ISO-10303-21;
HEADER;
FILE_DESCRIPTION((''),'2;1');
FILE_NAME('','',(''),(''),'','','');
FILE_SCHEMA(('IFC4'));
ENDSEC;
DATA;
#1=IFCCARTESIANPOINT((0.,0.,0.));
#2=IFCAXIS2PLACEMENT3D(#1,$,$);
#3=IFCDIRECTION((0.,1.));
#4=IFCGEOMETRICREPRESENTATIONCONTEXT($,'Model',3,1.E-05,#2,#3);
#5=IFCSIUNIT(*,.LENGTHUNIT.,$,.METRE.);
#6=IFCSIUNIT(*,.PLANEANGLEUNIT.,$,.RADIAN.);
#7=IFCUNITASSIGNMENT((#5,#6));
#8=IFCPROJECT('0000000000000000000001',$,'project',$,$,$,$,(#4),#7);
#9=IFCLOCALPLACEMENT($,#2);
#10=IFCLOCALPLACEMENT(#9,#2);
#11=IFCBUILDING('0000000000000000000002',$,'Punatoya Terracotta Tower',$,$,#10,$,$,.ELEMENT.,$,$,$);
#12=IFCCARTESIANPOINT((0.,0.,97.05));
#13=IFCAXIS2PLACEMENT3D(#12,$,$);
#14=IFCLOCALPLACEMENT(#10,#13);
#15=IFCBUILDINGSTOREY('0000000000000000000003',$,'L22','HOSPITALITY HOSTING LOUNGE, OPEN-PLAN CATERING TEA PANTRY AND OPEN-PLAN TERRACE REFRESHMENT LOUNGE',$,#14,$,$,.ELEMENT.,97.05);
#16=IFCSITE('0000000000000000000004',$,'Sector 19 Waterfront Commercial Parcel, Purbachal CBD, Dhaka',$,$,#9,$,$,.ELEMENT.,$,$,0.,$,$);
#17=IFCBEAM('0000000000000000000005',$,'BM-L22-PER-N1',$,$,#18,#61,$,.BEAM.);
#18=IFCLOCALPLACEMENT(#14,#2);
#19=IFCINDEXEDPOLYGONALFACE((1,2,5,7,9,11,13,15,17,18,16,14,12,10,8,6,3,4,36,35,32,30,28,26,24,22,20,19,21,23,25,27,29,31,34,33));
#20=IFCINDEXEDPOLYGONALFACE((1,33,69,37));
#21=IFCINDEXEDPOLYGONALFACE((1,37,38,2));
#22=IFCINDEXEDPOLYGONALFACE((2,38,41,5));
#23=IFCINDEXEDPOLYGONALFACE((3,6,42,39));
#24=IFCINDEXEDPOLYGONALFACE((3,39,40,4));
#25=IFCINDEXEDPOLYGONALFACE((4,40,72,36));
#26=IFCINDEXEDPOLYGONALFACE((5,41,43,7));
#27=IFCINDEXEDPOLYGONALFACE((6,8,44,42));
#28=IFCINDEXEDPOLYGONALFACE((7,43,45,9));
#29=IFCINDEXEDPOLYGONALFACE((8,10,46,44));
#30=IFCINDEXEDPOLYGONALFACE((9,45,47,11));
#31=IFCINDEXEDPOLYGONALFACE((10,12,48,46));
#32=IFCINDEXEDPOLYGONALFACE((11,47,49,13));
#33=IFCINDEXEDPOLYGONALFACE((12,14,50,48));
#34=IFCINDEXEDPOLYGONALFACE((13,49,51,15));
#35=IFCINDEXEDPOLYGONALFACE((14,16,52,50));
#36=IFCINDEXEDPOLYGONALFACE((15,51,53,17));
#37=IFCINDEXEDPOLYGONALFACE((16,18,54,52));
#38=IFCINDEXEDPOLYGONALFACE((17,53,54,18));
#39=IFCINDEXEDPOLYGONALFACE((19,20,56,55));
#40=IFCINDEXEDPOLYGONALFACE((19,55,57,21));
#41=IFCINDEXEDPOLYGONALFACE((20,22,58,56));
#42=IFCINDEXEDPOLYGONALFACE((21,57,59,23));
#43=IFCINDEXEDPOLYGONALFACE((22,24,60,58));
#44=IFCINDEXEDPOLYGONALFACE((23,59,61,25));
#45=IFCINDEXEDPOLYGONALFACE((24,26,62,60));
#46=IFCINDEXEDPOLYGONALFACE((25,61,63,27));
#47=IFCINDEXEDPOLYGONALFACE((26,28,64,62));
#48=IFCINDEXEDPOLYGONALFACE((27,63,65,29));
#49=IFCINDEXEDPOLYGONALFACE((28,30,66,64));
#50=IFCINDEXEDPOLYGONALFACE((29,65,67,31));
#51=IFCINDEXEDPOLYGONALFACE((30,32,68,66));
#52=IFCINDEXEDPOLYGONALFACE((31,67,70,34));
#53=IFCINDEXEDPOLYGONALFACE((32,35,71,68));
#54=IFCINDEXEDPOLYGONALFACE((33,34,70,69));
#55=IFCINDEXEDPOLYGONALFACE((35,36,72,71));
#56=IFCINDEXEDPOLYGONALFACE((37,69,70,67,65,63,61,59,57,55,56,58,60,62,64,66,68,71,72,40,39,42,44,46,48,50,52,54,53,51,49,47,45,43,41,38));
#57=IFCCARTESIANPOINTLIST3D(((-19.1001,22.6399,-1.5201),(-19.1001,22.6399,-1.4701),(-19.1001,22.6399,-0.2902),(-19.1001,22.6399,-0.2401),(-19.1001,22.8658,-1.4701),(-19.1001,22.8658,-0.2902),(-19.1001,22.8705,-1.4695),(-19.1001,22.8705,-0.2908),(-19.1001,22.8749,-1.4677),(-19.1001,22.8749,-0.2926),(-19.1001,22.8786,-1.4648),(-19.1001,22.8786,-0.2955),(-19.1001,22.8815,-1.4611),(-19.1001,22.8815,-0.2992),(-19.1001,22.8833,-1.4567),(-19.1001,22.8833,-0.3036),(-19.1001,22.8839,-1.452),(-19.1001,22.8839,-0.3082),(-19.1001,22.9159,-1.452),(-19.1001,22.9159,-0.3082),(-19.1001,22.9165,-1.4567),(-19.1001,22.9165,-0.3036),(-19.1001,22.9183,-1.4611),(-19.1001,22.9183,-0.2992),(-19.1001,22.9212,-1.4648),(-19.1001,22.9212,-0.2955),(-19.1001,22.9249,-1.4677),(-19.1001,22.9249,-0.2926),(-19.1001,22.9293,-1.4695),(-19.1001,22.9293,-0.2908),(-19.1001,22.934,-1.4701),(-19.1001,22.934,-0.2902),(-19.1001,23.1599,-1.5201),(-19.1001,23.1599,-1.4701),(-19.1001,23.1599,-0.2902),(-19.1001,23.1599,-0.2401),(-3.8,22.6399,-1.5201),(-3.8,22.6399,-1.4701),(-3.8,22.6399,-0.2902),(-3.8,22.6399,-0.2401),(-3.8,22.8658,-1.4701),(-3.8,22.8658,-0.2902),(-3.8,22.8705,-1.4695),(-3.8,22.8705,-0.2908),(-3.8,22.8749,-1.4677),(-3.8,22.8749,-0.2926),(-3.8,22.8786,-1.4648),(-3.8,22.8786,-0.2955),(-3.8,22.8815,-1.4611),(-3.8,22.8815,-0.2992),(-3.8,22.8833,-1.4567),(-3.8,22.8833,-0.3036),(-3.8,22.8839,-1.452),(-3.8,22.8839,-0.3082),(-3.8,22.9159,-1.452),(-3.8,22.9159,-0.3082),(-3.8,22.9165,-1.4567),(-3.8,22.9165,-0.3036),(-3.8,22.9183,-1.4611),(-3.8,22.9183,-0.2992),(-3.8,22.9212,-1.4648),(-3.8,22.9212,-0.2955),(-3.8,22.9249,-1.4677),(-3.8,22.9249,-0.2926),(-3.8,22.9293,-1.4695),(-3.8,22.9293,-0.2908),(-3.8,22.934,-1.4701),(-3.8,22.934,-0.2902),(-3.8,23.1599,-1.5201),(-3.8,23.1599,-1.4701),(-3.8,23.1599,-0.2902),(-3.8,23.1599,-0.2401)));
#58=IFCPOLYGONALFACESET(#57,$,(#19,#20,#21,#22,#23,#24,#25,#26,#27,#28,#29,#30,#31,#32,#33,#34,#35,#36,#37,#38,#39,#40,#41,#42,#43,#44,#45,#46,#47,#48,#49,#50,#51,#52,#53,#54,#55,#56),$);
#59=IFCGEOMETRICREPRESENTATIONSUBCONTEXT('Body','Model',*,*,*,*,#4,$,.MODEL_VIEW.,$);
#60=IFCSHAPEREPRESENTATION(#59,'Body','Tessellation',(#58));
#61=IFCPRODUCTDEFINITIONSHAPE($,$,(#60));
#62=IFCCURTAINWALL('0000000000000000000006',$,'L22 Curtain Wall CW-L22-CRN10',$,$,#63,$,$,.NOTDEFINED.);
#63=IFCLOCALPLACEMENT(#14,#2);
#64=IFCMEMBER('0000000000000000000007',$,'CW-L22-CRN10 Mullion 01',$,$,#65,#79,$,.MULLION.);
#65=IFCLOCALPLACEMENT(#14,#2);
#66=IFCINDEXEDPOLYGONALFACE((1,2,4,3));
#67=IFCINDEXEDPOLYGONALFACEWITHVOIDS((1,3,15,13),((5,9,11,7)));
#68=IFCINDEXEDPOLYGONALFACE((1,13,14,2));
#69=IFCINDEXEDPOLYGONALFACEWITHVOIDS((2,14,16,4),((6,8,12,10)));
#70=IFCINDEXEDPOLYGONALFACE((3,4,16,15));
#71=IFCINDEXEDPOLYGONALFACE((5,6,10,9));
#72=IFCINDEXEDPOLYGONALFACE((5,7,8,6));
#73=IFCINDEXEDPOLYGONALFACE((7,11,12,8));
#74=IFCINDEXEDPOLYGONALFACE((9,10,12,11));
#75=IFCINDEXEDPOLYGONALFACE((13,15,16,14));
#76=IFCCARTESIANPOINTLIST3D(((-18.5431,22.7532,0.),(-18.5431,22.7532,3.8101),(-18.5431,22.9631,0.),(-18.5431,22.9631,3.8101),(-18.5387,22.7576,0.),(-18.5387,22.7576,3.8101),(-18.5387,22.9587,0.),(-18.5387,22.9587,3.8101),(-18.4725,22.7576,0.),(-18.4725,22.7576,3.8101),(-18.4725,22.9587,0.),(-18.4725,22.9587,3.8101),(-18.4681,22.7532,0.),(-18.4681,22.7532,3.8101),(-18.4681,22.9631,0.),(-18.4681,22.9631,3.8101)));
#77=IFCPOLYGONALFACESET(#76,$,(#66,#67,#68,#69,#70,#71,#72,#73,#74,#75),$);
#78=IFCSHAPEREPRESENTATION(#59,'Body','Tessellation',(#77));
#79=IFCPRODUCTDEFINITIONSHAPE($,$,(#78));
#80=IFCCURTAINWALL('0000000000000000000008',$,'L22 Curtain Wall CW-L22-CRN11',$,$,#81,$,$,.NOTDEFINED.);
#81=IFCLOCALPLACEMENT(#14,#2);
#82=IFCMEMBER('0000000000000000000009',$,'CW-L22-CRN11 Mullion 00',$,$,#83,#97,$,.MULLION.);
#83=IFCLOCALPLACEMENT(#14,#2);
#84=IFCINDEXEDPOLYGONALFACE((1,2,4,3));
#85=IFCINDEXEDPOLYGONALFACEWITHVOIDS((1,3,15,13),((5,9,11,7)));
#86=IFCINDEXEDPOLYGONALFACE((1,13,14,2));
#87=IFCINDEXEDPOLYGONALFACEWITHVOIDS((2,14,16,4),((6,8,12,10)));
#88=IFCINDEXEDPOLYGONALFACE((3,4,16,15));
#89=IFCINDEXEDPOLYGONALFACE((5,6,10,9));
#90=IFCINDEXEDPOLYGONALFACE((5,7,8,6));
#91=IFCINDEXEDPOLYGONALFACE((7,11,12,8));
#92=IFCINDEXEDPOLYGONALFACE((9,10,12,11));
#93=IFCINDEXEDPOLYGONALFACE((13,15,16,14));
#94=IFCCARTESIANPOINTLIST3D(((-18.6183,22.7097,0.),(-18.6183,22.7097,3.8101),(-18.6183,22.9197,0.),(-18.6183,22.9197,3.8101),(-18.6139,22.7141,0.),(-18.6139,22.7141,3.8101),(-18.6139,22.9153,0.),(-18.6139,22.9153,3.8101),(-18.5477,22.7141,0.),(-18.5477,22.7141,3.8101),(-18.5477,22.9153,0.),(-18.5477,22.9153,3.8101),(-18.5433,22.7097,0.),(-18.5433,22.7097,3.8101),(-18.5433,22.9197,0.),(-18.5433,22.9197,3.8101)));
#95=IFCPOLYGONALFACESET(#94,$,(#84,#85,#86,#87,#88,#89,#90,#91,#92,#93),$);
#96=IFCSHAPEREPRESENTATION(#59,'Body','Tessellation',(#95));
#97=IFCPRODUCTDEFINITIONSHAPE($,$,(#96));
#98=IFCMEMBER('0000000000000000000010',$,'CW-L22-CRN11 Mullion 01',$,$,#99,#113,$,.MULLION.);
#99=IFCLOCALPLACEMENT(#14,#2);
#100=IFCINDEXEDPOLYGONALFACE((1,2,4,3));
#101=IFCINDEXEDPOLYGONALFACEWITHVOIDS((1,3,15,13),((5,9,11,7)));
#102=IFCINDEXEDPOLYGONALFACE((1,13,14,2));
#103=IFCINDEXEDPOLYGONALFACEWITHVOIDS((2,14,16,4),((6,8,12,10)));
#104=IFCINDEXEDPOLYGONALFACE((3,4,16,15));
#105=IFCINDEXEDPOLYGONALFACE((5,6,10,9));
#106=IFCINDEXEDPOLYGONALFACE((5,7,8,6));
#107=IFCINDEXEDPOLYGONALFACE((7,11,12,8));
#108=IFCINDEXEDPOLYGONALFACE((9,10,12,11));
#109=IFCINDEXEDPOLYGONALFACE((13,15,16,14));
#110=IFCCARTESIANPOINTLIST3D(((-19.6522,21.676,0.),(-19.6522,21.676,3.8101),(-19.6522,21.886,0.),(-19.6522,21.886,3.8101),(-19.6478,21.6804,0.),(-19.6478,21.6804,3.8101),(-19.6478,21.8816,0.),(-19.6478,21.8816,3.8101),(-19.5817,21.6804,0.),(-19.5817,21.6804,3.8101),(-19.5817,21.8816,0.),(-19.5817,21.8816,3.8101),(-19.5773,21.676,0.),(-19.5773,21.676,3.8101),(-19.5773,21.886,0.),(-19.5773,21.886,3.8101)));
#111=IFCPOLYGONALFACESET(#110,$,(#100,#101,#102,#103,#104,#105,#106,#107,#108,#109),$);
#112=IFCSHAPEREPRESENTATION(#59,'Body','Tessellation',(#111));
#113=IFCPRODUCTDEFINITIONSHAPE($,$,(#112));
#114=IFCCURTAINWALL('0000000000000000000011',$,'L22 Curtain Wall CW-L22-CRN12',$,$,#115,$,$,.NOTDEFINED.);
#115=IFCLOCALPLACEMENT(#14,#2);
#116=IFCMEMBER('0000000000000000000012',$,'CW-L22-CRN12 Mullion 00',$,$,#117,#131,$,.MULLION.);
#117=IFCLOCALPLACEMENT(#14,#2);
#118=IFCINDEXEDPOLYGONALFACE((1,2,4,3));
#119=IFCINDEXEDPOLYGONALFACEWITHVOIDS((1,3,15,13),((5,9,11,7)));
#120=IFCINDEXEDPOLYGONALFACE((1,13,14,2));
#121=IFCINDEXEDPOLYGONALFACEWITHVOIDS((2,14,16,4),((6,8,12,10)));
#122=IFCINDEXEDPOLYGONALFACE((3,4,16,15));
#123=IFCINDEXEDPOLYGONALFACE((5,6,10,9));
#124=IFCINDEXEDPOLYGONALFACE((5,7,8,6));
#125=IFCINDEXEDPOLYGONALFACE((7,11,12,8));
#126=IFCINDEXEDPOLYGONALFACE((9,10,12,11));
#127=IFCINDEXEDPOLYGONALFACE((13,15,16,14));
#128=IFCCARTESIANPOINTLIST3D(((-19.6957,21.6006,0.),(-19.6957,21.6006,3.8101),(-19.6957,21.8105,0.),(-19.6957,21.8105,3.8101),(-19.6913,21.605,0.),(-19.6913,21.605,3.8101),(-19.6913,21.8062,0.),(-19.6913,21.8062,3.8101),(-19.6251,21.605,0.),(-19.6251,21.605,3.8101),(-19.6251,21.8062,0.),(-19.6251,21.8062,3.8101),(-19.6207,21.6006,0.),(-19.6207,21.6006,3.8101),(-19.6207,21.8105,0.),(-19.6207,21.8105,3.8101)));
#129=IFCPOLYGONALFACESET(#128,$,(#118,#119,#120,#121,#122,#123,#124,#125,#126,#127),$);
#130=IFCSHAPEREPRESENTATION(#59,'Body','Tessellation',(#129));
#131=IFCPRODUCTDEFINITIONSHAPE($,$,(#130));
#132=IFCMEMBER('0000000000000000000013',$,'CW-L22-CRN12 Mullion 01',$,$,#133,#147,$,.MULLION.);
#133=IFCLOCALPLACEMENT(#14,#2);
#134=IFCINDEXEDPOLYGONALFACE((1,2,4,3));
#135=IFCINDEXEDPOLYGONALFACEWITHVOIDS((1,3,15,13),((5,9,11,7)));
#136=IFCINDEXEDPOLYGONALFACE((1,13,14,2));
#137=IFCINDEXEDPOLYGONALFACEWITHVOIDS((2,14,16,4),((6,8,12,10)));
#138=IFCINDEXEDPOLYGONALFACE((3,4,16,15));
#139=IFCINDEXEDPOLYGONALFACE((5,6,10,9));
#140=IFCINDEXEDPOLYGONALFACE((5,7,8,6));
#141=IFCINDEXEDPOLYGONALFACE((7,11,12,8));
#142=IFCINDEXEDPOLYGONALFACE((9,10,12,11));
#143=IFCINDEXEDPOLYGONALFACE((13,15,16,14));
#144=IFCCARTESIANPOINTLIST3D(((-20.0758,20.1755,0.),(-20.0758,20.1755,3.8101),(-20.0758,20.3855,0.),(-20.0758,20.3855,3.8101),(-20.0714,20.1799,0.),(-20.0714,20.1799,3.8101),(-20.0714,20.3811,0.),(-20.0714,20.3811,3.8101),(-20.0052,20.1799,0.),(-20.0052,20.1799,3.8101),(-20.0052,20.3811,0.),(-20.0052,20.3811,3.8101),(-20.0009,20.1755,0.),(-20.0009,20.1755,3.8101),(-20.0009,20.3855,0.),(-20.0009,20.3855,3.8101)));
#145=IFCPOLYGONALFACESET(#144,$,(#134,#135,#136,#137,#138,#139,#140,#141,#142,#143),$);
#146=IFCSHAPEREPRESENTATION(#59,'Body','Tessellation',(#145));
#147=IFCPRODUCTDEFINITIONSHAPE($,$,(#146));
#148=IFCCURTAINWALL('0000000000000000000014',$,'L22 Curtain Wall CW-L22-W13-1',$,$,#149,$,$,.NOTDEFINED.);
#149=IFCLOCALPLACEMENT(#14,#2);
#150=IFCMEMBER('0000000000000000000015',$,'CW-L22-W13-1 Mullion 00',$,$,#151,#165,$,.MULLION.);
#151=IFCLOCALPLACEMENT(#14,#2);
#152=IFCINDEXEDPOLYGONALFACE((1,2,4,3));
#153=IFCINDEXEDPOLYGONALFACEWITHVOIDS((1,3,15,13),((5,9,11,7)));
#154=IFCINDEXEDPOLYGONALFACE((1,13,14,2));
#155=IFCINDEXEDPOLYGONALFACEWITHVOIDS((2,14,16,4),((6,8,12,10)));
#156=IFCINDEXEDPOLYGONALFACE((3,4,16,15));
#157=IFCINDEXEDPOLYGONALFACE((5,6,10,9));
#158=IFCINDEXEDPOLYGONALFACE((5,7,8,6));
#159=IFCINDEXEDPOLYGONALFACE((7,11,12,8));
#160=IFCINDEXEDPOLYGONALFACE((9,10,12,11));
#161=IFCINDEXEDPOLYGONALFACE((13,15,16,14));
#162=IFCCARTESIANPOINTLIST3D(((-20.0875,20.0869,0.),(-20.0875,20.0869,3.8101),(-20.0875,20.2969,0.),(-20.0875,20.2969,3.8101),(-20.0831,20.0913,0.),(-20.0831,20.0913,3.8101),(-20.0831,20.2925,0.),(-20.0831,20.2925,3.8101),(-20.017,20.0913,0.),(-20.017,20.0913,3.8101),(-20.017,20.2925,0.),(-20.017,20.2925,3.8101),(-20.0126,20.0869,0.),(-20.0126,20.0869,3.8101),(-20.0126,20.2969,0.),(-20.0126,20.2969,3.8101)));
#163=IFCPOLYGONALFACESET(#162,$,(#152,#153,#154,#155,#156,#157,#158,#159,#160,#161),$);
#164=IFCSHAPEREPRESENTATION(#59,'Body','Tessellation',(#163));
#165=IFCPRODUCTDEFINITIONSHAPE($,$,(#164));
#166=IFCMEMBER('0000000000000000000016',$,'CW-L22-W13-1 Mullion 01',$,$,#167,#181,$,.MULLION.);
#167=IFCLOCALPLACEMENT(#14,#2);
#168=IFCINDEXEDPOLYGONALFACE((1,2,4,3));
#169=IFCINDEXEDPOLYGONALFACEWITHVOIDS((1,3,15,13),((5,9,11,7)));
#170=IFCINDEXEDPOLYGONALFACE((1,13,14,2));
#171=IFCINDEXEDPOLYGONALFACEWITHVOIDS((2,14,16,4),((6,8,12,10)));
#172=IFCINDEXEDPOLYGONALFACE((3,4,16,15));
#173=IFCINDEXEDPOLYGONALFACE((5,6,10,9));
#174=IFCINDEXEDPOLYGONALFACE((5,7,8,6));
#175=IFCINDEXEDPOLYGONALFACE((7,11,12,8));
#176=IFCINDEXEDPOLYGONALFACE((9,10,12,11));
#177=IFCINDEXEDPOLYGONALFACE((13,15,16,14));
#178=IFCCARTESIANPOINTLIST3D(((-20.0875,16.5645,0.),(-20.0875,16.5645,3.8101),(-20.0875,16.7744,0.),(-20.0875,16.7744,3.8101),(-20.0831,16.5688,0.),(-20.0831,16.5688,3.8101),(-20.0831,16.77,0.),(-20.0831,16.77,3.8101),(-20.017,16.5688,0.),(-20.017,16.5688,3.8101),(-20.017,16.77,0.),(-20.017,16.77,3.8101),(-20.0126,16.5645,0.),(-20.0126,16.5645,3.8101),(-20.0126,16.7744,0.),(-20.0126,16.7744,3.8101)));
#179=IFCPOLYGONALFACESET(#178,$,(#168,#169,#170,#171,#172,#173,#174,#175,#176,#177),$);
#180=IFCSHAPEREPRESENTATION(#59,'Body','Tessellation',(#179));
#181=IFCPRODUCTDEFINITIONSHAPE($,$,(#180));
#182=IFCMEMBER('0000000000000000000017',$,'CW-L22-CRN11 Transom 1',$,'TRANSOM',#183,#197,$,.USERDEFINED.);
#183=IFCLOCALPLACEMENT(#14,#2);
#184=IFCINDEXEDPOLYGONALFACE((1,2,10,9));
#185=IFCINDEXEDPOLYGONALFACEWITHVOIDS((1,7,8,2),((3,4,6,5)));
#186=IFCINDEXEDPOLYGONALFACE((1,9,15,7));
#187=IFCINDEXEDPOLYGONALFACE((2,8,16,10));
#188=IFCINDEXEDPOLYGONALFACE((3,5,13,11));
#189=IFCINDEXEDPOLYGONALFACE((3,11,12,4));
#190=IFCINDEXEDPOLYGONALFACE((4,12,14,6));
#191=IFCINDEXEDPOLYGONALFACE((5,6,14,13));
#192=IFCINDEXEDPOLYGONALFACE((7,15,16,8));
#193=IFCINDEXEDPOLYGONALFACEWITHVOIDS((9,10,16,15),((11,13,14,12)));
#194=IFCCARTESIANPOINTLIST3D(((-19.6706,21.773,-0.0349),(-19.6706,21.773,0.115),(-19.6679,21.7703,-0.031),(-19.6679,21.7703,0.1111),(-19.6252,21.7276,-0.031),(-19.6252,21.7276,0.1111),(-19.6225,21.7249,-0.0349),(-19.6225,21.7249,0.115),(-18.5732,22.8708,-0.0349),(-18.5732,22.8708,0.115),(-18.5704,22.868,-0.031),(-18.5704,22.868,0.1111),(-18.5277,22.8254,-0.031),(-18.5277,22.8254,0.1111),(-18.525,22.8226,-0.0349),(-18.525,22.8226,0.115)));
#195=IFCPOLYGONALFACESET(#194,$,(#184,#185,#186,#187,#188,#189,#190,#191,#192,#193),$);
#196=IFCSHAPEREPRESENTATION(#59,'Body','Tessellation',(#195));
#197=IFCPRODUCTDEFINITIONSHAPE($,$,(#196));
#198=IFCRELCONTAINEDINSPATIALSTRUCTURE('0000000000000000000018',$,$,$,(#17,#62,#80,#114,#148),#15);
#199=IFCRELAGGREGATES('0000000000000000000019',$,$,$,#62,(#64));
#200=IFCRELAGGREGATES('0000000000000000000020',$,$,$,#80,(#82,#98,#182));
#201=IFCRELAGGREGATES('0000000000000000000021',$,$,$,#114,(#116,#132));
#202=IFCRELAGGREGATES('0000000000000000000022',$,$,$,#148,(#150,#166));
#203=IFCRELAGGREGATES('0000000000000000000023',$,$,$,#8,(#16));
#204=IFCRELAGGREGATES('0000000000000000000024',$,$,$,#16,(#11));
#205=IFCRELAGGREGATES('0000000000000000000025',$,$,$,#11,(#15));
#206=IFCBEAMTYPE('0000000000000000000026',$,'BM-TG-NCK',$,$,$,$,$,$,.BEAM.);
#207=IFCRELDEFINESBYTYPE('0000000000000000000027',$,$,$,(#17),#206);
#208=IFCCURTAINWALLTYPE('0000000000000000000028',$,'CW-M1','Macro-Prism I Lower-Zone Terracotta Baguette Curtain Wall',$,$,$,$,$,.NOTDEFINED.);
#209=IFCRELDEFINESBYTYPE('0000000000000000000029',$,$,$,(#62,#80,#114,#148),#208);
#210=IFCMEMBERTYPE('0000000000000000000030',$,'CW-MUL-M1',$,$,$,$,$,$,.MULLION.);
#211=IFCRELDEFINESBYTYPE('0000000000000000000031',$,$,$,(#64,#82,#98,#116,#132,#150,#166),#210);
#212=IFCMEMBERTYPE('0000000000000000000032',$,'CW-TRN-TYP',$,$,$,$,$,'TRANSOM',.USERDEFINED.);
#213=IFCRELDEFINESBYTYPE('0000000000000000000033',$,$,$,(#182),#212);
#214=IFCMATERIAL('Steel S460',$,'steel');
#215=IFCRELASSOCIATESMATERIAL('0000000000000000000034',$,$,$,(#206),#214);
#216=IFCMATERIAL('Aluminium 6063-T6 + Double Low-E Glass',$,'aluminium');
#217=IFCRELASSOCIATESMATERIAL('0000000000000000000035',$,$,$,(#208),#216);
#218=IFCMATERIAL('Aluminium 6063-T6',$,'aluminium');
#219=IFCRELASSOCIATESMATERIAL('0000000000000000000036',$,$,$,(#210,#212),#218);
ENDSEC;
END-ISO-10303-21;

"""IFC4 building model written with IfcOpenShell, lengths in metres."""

from ifc_helpers import new_model, si_unit, direction, frame, origin, origin_2d, place, context, subcontext, project, spatial, hollow_rectangle, i_section, extrude, material, material_profile, profile_set, type_object, element, aggregate, save


model = new_model("IFC4")

# Units and contexts
model_context = context("Model", 3, precision=1e-05, world=origin(), true_north=direction((0.0, 1.0)))
body_context = subcontext(model_context, "Body", "Model", "MODEL_VIEW")
ifc_project = project(units=[si_unit("LENGTHUNIT", "METRE"), si_unit("PLANEANGLEUNIT", "RADIAN")], contexts=[model_context])

# Site, building, storey
site_placement = place(None, origin())
site = spatial("IfcSite", under=ifc_project, at=site_placement, Name="Sector 19 Waterfront Commercial Parcel, Purbachal CBD, Dhaka", CompositionType="ELEMENT", RefElevation=0.0)
building_placement = place(site_placement, origin())
building = spatial("IfcBuilding", under=site, at=building_placement, Name="Punatoya Terracotta Tower", CompositionType="ELEMENT")
storey_placement = place(building_placement, frame((0.0, 0.0, 97.05)))
storey = spatial("IfcBuildingStorey", under=building, at=storey_placement, Name="L22", Description="HOSPITALITY HOSTING LOUNGE, OPEN-PLAN CATERING TEA PANTRY AND OPEN-PLAN TERRACE REFRESHMENT LOUNGE", CompositionType="ELEMENT", Elevation=97.05)

# Shared definitions
ifc_material_1 = material(Name="Steel S460", Category="steel")

# Beam
ifc_material_profile_1 = material_profile(ifc_material_1, i_section(OverallWidth=0.52, OverallDepth=1.28, WebThickness=0.032, FlangeThickness=0.05, FilletRadius=0.0181, at=origin_2d()))
ifc_profile_set_1 = profile_set([ifc_material_profile_1], Name="Steel S460")
beam_type_1 = type_object("IfcBeamType", Name="BM-TG-NCK", PredefinedType="BEAM", material=ifc_profile_set_1)
beam_1_placement = place(storey_placement, frame((-19.1001, 22.8999, -0.8801), z_axis=(1.0, 0.0, 0.0), x_axis=(0.0, 1.0, 0.0)))
element("IfcBeam", 1, at=beam_1_placement, inside=storey, type_object=beam_type_1, Name="BM-L22-PER-N1", PredefinedType="BEAM", context=body_context, shape_type="SweptSolid", body=[
    extrude(i_section(OverallWidth=0.52, OverallDepth=1.28, WebThickness=0.032, FlangeThickness=0.05, FilletRadius=0.0181, at=origin_2d()), origin(), (0.0, 0.0, 1.0), 15.3),
])

# Curtain wall, member
ifc_material_2 = material(Name="Aluminium 6063-T6 + Double Low-E Glass", Category="aluminium")
curtain_wall_type = type_object("IfcCurtainWallType", Name="CW-M1", Description="Macro-Prism I Lower-Zone Terracotta Baguette Curtain Wall", PredefinedType="NOTDEFINED", material=ifc_material_2)
curtain_wall_1_placement = place(storey_placement, origin())
curtain_wall_1 = element("IfcCurtainWall", 2, at=curtain_wall_1_placement, inside=storey, type_object=curtain_wall_type, Name="L22 Curtain Wall CW-L22-CRN10", PredefinedType="NOTDEFINED")
ifc_material_3 = material(Name="Aluminium 6063-T6", Category="aluminium")
ifc_material_profile_2 = material_profile(ifc_material_3, hollow_rectangle(XDim=0.075, YDim=0.21, WallThickness=0.0044, at=origin_2d()))
ifc_profile_set_2 = profile_set([ifc_material_profile_2], Name="Aluminium 6063-T6")
member_type_1 = type_object("IfcMemberType", Name="CW-MUL-M1", PredefinedType="MULLION", material=ifc_profile_set_2)
member_1_placement = place(storey_placement, frame((-18.5056, 22.8582, 0.0), z_axis=(0.0, 0.0, 1.0), x_axis=(1.0, 0.0, 0.0)))
member_1 = element("IfcMember", 3, at=member_1_placement, type_object=member_type_1, Name="CW-L22-CRN10 Mullion 01", PredefinedType="MULLION", context=body_context, shape_type="SweptSolid", body=[
    extrude(hollow_rectangle(XDim=0.075, YDim=0.21, WallThickness=0.0044, at=origin_2d()), origin(), (0.0, 0.0, 1.0), 3.8101),
])
aggregate(curtain_wall_1, [member_1])

# Curtain walls, members
curtain_wall_2_placement = place(storey_placement, origin())
curtain_wall_2 = element("IfcCurtainWall", 4, at=curtain_wall_2_placement, inside=storey, type_object=curtain_wall_type, Name="L22 Curtain Wall CW-L22-CRN11", PredefinedType="NOTDEFINED")
member_2_placement = place(storey_placement, frame((-18.5808, 22.8147, 0.0), z_axis=(0.0, 0.0, 1.0), x_axis=(1.0, 0.0, 0.0)))
member_2 = element("IfcMember", 5, at=member_2_placement, type_object=member_type_1, Name="CW-L22-CRN11 Mullion 00", PredefinedType="MULLION", context=body_context, shape_type="SweptSolid", body=[
    extrude(hollow_rectangle(XDim=0.075, YDim=0.21, WallThickness=0.0044, at=origin_2d()), origin(), (0.0, 0.0, 1.0), 3.8101),
])
member_3_placement = place(storey_placement, frame((-19.6147, 21.781, 0.0), z_axis=(0.0, 0.0, 1.0), x_axis=(1.0, 0.0, 0.0)))
member_3 = element("IfcMember", 6, at=member_3_placement, type_object=member_type_1, Name="CW-L22-CRN11 Mullion 01", PredefinedType="MULLION", context=body_context, shape_type="SweptSolid", body=[
    extrude(hollow_rectangle(XDim=0.075, YDim=0.21, WallThickness=0.0044, at=origin_2d()), origin(), (0.0, 0.0, 1.0), 3.8101),
])
curtain_wall_3_placement = place(storey_placement, origin())
curtain_wall_3 = element("IfcCurtainWall", 7, at=curtain_wall_3_placement, inside=storey, type_object=curtain_wall_type, Name="L22 Curtain Wall CW-L22-CRN12", PredefinedType="NOTDEFINED")
member_4_placement = place(storey_placement, frame((-19.6582, 21.7056, 0.0), z_axis=(0.0, 0.0, 1.0), x_axis=(1.0, 0.0, 0.0)))
member_4 = element("IfcMember", 8, at=member_4_placement, type_object=member_type_1, Name="CW-L22-CRN12 Mullion 00", PredefinedType="MULLION", context=body_context, shape_type="SweptSolid", body=[
    extrude(hollow_rectangle(XDim=0.075, YDim=0.21, WallThickness=0.0044, at=origin_2d()), origin(), (0.0, 0.0, 1.0), 3.8101),
])
member_5_placement = place(storey_placement, frame((-20.0383, 20.2805, 0.0), z_axis=(0.0, 0.0, 1.0), x_axis=(1.0, 0.0, 0.0)))
member_5 = element("IfcMember", 9, at=member_5_placement, type_object=member_type_1, Name="CW-L22-CRN12 Mullion 01", PredefinedType="MULLION", context=body_context, shape_type="SweptSolid", body=[
    extrude(hollow_rectangle(XDim=0.075, YDim=0.21, WallThickness=0.0044, at=origin_2d()), origin(), (0.0, 0.0, 1.0), 3.8101),
])
curtain_wall_4_placement = place(storey_placement, origin())
curtain_wall_4 = element("IfcCurtainWall", 10, at=curtain_wall_4_placement, inside=storey, type_object=curtain_wall_type, Name="L22 Curtain Wall CW-L22-W13-1", PredefinedType="NOTDEFINED")
member_6_placement = place(storey_placement, frame((-20.05, 20.1919, 0.0), z_axis=(0.0, 0.0, 1.0), x_axis=(1.0, 0.0, 0.0)))
member_6 = element("IfcMember", 11, at=member_6_placement, type_object=member_type_1, Name="CW-L22-W13-1 Mullion 00", PredefinedType="MULLION", context=body_context, shape_type="SweptSolid", body=[
    extrude(hollow_rectangle(XDim=0.075, YDim=0.21, WallThickness=0.0044, at=origin_2d()), origin(), (0.0, 0.0, 1.0), 3.8101),
])
member_7_placement = place(storey_placement, frame((-20.05, 16.6694, 0.0), z_axis=(0.0, 0.0, 1.0), x_axis=(1.0, 0.0, 0.0)))
member_7 = element("IfcMember", 12, at=member_7_placement, type_object=member_type_1, Name="CW-L22-W13-1 Mullion 01", PredefinedType="MULLION", context=body_context, shape_type="SweptSolid", body=[
    extrude(hollow_rectangle(XDim=0.075, YDim=0.21, WallThickness=0.0044, at=origin_2d()), origin(), (0.0, 0.0, 1.0), 3.8101),
])

# Member
ifc_material_profile_3 = material_profile(ifc_material_3, hollow_rectangle(XDim=0.0681, YDim=0.1499, WallThickness=0.0039, at=origin_2d()))
ifc_profile_set_3 = profile_set([ifc_material_profile_3], Name="Aluminium 6063-T6")
member_type_2 = type_object("IfcMemberType", Name="CW-TRN-TYP", ElementType="TRANSOM", PredefinedType="USERDEFINED", material=ifc_profile_set_3)
member_8_placement = place(storey_placement, frame((-18.5491, 22.8467, 0.04), z_axis=(-0.707028, -0.707185, 0.0), x_axis=(0.707185, -0.707028, 0.0)))
member_8 = element("IfcMember", 13, at=member_8_placement, type_object=member_type_2, Name="CW-L22-CRN11 Transom 1", ObjectType="TRANSOM", PredefinedType="USERDEFINED", context=body_context, shape_type="SweptSolid", body=[
    extrude(hollow_rectangle(XDim=0.0681, YDim=0.1499, WallThickness=0.0039, at=origin_2d()), origin(), (0.0, 0.0, 1.0), 1.5522),
])

aggregate(curtain_wall_2, [member_2, member_3, member_8])
aggregate(curtain_wall_3, [member_4, member_5])
aggregate(curtain_wall_4, [member_6, member_7])

save(model, "model.ifc")
